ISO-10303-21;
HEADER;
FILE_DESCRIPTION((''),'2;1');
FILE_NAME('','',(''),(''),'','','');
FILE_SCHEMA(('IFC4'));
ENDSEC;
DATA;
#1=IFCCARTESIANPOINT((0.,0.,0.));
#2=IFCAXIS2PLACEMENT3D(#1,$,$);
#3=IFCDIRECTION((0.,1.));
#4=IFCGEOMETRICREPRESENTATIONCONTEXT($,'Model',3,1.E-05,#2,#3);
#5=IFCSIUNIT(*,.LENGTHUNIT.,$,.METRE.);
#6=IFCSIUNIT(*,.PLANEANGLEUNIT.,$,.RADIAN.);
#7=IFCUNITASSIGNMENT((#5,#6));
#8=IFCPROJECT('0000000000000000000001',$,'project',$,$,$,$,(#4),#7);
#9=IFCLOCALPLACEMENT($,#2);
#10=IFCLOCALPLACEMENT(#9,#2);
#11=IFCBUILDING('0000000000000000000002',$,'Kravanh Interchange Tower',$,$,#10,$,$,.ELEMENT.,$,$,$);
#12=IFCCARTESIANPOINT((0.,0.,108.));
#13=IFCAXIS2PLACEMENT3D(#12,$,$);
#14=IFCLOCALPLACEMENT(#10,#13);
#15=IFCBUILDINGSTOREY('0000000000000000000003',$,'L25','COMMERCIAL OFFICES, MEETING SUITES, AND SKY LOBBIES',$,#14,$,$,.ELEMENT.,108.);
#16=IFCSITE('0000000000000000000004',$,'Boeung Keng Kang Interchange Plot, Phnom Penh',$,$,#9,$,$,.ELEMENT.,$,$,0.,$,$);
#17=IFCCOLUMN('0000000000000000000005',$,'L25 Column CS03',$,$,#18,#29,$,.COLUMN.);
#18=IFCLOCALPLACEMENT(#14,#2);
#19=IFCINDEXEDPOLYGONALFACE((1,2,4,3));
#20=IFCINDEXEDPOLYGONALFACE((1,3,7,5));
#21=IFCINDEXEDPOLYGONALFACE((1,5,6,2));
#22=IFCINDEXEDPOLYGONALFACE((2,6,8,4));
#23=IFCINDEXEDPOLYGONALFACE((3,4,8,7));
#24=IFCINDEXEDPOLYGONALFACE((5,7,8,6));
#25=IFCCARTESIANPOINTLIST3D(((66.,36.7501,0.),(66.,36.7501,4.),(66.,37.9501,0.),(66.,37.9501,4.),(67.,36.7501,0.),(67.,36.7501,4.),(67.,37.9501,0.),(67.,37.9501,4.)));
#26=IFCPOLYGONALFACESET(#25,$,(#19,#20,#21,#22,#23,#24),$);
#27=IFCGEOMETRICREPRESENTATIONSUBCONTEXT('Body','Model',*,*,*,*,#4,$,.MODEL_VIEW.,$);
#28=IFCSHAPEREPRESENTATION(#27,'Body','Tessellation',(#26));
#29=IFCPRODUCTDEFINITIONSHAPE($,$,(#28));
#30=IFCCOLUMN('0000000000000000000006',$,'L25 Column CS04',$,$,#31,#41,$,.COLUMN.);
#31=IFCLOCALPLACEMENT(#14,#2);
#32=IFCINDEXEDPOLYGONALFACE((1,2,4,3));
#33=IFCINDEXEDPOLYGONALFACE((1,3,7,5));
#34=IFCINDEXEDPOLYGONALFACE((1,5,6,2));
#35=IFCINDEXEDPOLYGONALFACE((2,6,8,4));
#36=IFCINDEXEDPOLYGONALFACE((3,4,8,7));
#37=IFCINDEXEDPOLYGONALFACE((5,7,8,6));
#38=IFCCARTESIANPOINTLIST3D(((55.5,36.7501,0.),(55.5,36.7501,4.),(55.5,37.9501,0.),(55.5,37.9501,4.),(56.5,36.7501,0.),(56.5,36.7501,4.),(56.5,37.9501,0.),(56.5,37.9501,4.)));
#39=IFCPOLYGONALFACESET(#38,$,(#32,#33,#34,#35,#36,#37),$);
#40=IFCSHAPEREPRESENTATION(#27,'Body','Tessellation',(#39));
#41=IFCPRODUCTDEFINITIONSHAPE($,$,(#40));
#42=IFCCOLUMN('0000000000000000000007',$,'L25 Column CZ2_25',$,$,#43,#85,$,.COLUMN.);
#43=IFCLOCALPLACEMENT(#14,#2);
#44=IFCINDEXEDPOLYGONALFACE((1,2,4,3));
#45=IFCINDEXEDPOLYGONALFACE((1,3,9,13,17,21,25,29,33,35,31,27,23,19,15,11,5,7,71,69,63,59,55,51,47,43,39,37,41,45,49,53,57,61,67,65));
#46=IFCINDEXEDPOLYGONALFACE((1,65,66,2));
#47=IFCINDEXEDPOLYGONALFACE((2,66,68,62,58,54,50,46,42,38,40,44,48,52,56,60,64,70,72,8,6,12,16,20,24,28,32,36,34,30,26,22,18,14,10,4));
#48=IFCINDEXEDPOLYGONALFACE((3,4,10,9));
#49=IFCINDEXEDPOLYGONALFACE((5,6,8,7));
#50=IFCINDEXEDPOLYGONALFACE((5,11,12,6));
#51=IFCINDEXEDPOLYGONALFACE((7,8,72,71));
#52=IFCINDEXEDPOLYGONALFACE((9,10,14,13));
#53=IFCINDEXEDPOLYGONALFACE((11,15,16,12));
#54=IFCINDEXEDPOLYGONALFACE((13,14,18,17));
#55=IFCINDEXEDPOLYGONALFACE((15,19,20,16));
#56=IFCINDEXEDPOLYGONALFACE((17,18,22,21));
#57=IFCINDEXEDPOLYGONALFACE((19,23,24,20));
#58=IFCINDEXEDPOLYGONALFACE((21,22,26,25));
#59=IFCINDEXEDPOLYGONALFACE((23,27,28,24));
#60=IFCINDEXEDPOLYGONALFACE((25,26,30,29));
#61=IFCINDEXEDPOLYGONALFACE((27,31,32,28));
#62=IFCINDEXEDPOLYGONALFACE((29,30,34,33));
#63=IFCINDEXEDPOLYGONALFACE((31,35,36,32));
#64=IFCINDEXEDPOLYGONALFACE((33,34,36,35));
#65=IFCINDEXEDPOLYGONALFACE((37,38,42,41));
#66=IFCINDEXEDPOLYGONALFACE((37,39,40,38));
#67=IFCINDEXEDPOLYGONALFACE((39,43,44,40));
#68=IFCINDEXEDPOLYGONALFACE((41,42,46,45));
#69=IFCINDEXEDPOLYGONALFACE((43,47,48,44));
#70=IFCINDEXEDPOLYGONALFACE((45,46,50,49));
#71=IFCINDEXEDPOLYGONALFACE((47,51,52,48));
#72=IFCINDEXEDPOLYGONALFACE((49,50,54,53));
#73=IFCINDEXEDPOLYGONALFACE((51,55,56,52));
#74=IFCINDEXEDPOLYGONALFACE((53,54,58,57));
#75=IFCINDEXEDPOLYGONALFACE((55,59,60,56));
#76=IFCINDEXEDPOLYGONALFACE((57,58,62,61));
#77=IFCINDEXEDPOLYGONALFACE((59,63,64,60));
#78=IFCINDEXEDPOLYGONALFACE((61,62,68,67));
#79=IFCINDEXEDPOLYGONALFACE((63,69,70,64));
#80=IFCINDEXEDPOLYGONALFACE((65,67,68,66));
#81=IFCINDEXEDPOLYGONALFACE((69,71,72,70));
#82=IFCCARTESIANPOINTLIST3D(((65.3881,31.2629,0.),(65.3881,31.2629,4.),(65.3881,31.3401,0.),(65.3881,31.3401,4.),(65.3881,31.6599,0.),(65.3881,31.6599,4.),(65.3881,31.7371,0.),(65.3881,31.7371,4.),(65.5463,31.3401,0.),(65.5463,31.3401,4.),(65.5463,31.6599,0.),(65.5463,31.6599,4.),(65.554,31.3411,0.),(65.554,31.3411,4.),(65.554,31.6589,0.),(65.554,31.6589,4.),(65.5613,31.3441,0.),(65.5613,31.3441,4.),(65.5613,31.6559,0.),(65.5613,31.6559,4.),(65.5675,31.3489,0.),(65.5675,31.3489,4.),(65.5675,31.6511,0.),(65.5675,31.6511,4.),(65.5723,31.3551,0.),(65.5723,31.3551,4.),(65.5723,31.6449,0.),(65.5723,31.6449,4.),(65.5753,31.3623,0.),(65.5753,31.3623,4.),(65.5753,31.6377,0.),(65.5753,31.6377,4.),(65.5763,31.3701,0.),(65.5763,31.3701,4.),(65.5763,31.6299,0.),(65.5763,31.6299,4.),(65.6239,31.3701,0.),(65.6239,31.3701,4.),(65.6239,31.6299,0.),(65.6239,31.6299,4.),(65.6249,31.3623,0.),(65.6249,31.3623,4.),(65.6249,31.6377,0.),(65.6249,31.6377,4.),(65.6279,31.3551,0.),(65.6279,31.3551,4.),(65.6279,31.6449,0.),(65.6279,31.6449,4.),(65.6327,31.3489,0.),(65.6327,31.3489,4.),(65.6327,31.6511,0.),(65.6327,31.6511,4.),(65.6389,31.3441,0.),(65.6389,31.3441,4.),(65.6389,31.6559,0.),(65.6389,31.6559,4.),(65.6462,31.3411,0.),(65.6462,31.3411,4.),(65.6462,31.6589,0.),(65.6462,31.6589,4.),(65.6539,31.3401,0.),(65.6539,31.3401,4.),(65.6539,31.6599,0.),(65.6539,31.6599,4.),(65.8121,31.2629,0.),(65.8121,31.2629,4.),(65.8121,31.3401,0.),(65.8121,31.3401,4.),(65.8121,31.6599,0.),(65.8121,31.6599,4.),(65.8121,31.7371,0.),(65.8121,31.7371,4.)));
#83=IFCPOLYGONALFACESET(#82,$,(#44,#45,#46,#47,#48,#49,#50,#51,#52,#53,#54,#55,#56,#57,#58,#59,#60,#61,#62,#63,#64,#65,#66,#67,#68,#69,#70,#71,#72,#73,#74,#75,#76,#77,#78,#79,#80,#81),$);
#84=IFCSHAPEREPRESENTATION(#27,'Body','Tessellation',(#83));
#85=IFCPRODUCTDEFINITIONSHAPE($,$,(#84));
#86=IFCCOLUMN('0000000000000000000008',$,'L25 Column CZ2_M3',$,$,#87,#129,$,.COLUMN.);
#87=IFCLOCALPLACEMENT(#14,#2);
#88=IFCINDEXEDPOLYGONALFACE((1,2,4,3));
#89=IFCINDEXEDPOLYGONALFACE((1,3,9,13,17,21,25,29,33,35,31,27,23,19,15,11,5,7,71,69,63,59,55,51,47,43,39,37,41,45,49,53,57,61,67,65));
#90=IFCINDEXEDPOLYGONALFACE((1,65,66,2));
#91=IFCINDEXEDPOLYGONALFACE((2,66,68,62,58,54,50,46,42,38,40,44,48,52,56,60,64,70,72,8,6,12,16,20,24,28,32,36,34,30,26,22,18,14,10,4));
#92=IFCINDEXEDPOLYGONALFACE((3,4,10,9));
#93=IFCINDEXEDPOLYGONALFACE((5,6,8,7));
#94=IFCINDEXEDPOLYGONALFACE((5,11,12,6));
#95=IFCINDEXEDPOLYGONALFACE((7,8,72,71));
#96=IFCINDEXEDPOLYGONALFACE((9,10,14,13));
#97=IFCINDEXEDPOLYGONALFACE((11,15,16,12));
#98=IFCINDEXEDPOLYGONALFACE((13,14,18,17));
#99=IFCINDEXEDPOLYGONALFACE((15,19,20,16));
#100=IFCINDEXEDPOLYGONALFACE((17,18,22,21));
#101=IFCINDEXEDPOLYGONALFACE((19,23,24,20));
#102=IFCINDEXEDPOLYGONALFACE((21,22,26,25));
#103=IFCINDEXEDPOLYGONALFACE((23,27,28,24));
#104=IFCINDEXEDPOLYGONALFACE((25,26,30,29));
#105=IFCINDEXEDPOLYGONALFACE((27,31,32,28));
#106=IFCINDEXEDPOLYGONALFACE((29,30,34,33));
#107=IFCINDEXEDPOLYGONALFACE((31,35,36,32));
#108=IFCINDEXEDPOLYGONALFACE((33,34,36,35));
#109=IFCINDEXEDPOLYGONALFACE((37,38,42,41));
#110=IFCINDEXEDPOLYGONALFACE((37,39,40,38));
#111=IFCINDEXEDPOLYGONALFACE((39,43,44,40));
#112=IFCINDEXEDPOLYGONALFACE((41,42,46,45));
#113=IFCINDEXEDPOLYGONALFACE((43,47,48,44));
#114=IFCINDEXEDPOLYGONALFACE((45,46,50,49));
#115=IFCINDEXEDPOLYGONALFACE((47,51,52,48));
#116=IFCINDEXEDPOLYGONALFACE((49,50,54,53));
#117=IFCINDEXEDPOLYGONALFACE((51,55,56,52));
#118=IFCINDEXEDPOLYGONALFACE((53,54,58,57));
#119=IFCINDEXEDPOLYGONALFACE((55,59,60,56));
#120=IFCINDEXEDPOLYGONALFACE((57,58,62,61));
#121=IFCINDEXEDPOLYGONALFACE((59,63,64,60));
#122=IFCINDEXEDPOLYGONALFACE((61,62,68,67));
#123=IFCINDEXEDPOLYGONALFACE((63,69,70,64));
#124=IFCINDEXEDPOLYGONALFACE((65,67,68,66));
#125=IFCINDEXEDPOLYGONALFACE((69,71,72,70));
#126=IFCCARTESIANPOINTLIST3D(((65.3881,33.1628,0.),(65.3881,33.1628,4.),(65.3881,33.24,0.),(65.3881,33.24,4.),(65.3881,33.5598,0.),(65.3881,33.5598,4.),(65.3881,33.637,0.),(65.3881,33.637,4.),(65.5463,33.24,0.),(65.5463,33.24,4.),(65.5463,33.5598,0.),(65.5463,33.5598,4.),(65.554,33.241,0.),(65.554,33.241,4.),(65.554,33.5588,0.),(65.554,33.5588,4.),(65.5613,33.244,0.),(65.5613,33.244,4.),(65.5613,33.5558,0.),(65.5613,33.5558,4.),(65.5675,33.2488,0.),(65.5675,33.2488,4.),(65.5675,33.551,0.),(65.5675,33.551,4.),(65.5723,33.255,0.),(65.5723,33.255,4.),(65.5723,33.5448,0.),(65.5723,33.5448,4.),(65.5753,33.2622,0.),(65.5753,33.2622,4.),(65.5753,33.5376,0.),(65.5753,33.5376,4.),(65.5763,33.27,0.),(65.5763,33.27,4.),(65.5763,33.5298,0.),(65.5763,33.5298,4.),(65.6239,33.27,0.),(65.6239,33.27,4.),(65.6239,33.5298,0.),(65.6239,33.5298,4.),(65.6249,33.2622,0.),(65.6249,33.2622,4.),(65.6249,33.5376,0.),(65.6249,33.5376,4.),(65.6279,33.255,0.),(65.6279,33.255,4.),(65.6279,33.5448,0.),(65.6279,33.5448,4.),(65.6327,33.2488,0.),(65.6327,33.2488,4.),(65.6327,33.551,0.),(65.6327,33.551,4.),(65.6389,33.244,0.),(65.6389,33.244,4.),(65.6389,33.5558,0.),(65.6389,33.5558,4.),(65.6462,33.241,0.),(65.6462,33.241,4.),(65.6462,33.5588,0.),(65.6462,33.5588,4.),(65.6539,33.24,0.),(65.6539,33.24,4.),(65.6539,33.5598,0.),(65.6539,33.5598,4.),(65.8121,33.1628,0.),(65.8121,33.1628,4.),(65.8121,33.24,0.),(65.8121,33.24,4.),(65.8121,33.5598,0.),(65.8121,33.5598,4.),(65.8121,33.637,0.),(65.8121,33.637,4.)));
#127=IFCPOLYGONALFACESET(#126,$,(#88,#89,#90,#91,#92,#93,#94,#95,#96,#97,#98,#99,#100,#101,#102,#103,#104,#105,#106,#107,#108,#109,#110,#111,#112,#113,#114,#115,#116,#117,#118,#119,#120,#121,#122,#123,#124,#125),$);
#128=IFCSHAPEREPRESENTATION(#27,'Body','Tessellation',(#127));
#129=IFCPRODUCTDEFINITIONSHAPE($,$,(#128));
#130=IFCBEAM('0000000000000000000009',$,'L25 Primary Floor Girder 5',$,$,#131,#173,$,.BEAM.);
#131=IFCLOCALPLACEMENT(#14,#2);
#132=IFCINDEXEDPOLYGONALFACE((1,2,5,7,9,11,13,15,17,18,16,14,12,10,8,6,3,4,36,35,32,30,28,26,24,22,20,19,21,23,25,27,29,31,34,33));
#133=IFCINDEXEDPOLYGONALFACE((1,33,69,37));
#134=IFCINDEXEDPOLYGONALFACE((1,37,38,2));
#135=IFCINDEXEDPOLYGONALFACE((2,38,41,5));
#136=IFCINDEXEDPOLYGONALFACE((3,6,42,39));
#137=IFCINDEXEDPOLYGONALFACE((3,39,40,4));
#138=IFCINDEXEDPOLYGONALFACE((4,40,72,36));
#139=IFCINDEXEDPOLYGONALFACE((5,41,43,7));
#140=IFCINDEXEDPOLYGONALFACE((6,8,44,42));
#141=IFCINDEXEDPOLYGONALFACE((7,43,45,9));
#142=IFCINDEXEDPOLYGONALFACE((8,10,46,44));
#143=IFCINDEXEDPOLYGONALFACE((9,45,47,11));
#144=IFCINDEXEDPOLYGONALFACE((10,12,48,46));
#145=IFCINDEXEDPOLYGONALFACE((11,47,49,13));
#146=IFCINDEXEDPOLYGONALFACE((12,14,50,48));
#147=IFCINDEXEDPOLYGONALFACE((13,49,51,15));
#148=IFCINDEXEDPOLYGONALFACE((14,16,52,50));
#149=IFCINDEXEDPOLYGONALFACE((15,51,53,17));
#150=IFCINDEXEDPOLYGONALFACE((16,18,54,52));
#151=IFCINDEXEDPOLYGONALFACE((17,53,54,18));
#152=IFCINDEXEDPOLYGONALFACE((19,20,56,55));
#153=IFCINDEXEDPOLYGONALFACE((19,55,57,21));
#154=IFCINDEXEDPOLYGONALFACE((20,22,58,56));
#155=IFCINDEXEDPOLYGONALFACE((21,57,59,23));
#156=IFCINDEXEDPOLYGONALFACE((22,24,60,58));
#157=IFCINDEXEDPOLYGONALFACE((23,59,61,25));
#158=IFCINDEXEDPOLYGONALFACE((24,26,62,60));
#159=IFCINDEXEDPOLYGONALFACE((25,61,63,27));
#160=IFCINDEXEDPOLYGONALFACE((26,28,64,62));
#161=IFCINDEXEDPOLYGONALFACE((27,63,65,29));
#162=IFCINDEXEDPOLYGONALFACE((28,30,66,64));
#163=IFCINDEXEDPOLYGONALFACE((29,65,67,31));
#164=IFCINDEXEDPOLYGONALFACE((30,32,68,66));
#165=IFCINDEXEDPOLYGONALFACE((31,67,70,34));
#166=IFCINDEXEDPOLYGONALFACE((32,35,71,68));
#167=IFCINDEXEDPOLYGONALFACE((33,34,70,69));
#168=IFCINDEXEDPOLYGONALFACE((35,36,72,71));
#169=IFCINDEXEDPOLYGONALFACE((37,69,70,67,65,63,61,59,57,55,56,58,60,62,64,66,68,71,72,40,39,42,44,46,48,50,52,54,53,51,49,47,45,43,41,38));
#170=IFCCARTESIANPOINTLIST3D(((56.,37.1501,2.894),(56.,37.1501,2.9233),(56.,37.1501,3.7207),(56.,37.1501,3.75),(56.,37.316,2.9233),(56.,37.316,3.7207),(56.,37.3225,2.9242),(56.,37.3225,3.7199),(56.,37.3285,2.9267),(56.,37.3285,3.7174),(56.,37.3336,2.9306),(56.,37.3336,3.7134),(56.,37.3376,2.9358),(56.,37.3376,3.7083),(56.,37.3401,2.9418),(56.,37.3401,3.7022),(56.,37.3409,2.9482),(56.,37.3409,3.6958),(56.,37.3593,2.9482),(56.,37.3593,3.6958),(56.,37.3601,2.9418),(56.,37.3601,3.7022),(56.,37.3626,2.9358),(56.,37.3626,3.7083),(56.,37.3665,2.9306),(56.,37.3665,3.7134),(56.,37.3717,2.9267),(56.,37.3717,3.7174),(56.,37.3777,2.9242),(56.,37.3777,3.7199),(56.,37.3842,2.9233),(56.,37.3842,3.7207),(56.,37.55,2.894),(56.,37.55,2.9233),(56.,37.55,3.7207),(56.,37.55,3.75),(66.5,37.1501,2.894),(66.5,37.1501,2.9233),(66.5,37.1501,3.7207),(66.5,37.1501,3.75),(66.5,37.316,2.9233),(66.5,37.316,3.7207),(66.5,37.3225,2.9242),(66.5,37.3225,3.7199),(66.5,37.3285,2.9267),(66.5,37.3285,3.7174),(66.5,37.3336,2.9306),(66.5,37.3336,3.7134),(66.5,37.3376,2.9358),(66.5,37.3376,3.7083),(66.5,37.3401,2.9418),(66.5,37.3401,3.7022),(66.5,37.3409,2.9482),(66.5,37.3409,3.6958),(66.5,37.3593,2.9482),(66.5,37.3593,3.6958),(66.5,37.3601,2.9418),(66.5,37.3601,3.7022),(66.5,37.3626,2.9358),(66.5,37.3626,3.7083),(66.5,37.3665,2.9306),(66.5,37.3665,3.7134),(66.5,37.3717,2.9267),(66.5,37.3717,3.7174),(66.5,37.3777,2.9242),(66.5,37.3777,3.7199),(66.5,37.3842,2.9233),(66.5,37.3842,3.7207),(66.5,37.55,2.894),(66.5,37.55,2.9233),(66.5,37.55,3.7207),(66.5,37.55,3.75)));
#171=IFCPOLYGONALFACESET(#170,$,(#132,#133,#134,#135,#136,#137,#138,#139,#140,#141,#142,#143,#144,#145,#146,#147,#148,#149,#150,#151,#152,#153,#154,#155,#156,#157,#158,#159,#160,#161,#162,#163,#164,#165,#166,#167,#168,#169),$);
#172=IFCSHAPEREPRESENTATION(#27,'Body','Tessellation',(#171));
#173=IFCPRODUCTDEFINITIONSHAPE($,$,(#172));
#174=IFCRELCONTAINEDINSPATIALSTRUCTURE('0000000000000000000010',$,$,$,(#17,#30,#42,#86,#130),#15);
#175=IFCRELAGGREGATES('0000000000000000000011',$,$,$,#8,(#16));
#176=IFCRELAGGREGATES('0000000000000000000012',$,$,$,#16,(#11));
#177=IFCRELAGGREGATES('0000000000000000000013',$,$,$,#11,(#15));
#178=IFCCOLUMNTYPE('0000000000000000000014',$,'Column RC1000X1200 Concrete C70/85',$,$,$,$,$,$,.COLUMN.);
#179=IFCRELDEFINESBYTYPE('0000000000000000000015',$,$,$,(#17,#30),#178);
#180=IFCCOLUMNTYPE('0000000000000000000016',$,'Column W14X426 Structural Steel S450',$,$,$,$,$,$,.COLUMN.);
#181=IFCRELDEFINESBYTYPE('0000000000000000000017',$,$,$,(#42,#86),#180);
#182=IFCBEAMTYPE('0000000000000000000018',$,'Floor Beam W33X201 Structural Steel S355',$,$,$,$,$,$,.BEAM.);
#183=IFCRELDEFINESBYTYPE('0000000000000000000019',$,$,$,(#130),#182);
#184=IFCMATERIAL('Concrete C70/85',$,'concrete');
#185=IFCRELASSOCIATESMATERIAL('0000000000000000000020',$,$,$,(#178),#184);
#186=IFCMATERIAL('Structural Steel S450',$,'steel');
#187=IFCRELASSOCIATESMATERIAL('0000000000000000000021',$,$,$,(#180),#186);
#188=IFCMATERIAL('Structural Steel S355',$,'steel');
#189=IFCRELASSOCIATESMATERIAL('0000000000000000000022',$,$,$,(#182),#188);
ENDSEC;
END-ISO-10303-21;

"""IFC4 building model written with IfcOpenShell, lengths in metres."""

from ifc_helpers import new_model, si_unit, direction, frame, origin, origin_2d, place, context, subcontext, project, spatial, rectangle, i_section, extrude, material, material_profile, profile_set, type_object, element, save


model = new_model("IFC4")

# Units and contexts
model_context = context("Model", 3, precision=1e-05, world=origin(), true_north=direction((0.0, 1.0)))
body_context = subcontext(model_context, "Body", "Model", "MODEL_VIEW")
ifc_project = project(units=[si_unit("LENGTHUNIT", "METRE"), si_unit("PLANEANGLEUNIT", "RADIAN")], contexts=[model_context])

# Site, building, storey
site_placement = place(None, origin())
site = spatial("IfcSite", under=ifc_project, at=site_placement, Name="Boeung Keng Kang Interchange Plot, Phnom Penh", CompositionType="ELEMENT", RefElevation=0.0)
building_placement = place(site_placement, origin())
building = spatial("IfcBuilding", under=site, at=building_placement, Name="Kravanh Interchange Tower", CompositionType="ELEMENT")
storey_placement = place(building_placement, frame((0.0, 0.0, 108.0)))
storey = spatial("IfcBuildingStorey", under=building, at=storey_placement, Name="L25", Description="COMMERCIAL OFFICES, MEETING SUITES, AND SKY LOBBIES", CompositionType="ELEMENT", Elevation=108.0)

# Columns
ifc_material_1 = material(Name="Concrete C70/85", Category="concrete")
ifc_material_profile_1 = material_profile(ifc_material_1, rectangle(XDim=1.0, YDim=1.2, at=origin_2d()), Name="RC1000X1200")
ifc_profile_set_1 = profile_set([ifc_material_profile_1], Name="Concrete C70/85")
column_type_1 = type_object("IfcColumnType", Name="Column RC1000X1200 Concrete C70/85", PredefinedType="COLUMN", material=ifc_profile_set_1)
for number, where, z_axis, x_axis, name in (
    (1, (66.5, 37.3501, 0.0), (0.0, 0.0, 1.0), (1.0, 0.0, 0.0), "L25 Column CS03"),
    (2, (56.0, 37.3501, 0.0), (0.0, 0.0, 1.0), (1.0, 0.0, 0.0), "L25 Column CS04"),
):
    element("IfcColumn", number, at=place(storey_placement, frame(where, z_axis=z_axis, x_axis=x_axis)), inside=storey, type_object=column_type_1, Name=name, PredefinedType="COLUMN", context=body_context, shape_type="SweptSolid", body=[
        extrude(rectangle(XDim=1.0, YDim=1.2, at=origin_2d()), origin(), (0.0, 0.0, 1.0), 4.0),
    ])
ifc_material_2 = material(Name="Structural Steel S450", Category="steel")
ifc_material_profile_2 = material_profile(ifc_material_2, i_section(OverallWidth=0.4241, OverallDepth=0.4741, WebThickness=0.0476, FlangeThickness=0.0771, FilletRadius=0.03, at=origin_2d()), Name="W14X426")
ifc_profile_set_2 = profile_set([ifc_material_profile_2], Name="Structural Steel S450")
column_type_2 = type_object("IfcColumnType", Name="Column W14X426 Structural Steel S450", PredefinedType="COLUMN", material=ifc_profile_set_2)
for number, where, z_axis, x_axis, name in (
    (3, (65.6001, 31.5, 0.0), (0.0, 0.0, 1.0), (1.0, 0.0, 0.0), "L25 Column CZ2_25"),
    (4, (65.6001, 33.3999, 0.0), (0.0, 0.0, 1.0), (1.0, 0.0, 0.0), "L25 Column CZ2_M3"),
):
    element("IfcColumn", number, at=place(storey_placement, frame(where, z_axis=z_axis, x_axis=x_axis)), inside=storey, type_object=column_type_2, Name=name, PredefinedType="COLUMN", context=body_context, shape_type="SweptSolid", body=[
        extrude(i_section(OverallWidth=0.4241, OverallDepth=0.4741, WebThickness=0.0476, FlangeThickness=0.0771, FilletRadius=0.03, at=origin_2d()), origin(), (0.0, 0.0, 1.0), 4.0),
    ])

# Beam
ifc_material_3 = material(Name="Structural Steel S355", Category="steel")
ifc_material_profile_3 = material_profile(ifc_material_3, i_section(OverallWidth=0.3999, OverallDepth=0.856, WebThickness=0.0183, FlangeThickness=0.0293, FilletRadius=0.0249, at=origin_2d()), Name="W33X201")
ifc_profile_set_3 = profile_set([ifc_material_profile_3], Name="Structural Steel S355")
beam_type_1 = type_object("IfcBeamType", Name="Floor Beam W33X201 Structural Steel S355", PredefinedType="BEAM", material=ifc_profile_set_3)
beam_1_placement = place(storey_placement, frame((66.5, 37.3501, 3.322), z_axis=(-1.0, 0.0, 0.0), x_axis=(0.0, -1.0, 0.0)))
element("IfcBeam", 5, at=beam_1_placement, inside=storey, type_object=beam_type_1, Name="L25 Primary Floor Girder 5", PredefinedType="BEAM", context=body_context, shape_type="SweptSolid", body=[
    extrude(i_section(OverallWidth=0.3999, OverallDepth=0.856, WebThickness=0.0183, FlangeThickness=0.0293, FilletRadius=0.0249, at=origin_2d()), origin(), (0.0, 0.0, 1.0), 10.5),
])

save(model, "model.ifc")
